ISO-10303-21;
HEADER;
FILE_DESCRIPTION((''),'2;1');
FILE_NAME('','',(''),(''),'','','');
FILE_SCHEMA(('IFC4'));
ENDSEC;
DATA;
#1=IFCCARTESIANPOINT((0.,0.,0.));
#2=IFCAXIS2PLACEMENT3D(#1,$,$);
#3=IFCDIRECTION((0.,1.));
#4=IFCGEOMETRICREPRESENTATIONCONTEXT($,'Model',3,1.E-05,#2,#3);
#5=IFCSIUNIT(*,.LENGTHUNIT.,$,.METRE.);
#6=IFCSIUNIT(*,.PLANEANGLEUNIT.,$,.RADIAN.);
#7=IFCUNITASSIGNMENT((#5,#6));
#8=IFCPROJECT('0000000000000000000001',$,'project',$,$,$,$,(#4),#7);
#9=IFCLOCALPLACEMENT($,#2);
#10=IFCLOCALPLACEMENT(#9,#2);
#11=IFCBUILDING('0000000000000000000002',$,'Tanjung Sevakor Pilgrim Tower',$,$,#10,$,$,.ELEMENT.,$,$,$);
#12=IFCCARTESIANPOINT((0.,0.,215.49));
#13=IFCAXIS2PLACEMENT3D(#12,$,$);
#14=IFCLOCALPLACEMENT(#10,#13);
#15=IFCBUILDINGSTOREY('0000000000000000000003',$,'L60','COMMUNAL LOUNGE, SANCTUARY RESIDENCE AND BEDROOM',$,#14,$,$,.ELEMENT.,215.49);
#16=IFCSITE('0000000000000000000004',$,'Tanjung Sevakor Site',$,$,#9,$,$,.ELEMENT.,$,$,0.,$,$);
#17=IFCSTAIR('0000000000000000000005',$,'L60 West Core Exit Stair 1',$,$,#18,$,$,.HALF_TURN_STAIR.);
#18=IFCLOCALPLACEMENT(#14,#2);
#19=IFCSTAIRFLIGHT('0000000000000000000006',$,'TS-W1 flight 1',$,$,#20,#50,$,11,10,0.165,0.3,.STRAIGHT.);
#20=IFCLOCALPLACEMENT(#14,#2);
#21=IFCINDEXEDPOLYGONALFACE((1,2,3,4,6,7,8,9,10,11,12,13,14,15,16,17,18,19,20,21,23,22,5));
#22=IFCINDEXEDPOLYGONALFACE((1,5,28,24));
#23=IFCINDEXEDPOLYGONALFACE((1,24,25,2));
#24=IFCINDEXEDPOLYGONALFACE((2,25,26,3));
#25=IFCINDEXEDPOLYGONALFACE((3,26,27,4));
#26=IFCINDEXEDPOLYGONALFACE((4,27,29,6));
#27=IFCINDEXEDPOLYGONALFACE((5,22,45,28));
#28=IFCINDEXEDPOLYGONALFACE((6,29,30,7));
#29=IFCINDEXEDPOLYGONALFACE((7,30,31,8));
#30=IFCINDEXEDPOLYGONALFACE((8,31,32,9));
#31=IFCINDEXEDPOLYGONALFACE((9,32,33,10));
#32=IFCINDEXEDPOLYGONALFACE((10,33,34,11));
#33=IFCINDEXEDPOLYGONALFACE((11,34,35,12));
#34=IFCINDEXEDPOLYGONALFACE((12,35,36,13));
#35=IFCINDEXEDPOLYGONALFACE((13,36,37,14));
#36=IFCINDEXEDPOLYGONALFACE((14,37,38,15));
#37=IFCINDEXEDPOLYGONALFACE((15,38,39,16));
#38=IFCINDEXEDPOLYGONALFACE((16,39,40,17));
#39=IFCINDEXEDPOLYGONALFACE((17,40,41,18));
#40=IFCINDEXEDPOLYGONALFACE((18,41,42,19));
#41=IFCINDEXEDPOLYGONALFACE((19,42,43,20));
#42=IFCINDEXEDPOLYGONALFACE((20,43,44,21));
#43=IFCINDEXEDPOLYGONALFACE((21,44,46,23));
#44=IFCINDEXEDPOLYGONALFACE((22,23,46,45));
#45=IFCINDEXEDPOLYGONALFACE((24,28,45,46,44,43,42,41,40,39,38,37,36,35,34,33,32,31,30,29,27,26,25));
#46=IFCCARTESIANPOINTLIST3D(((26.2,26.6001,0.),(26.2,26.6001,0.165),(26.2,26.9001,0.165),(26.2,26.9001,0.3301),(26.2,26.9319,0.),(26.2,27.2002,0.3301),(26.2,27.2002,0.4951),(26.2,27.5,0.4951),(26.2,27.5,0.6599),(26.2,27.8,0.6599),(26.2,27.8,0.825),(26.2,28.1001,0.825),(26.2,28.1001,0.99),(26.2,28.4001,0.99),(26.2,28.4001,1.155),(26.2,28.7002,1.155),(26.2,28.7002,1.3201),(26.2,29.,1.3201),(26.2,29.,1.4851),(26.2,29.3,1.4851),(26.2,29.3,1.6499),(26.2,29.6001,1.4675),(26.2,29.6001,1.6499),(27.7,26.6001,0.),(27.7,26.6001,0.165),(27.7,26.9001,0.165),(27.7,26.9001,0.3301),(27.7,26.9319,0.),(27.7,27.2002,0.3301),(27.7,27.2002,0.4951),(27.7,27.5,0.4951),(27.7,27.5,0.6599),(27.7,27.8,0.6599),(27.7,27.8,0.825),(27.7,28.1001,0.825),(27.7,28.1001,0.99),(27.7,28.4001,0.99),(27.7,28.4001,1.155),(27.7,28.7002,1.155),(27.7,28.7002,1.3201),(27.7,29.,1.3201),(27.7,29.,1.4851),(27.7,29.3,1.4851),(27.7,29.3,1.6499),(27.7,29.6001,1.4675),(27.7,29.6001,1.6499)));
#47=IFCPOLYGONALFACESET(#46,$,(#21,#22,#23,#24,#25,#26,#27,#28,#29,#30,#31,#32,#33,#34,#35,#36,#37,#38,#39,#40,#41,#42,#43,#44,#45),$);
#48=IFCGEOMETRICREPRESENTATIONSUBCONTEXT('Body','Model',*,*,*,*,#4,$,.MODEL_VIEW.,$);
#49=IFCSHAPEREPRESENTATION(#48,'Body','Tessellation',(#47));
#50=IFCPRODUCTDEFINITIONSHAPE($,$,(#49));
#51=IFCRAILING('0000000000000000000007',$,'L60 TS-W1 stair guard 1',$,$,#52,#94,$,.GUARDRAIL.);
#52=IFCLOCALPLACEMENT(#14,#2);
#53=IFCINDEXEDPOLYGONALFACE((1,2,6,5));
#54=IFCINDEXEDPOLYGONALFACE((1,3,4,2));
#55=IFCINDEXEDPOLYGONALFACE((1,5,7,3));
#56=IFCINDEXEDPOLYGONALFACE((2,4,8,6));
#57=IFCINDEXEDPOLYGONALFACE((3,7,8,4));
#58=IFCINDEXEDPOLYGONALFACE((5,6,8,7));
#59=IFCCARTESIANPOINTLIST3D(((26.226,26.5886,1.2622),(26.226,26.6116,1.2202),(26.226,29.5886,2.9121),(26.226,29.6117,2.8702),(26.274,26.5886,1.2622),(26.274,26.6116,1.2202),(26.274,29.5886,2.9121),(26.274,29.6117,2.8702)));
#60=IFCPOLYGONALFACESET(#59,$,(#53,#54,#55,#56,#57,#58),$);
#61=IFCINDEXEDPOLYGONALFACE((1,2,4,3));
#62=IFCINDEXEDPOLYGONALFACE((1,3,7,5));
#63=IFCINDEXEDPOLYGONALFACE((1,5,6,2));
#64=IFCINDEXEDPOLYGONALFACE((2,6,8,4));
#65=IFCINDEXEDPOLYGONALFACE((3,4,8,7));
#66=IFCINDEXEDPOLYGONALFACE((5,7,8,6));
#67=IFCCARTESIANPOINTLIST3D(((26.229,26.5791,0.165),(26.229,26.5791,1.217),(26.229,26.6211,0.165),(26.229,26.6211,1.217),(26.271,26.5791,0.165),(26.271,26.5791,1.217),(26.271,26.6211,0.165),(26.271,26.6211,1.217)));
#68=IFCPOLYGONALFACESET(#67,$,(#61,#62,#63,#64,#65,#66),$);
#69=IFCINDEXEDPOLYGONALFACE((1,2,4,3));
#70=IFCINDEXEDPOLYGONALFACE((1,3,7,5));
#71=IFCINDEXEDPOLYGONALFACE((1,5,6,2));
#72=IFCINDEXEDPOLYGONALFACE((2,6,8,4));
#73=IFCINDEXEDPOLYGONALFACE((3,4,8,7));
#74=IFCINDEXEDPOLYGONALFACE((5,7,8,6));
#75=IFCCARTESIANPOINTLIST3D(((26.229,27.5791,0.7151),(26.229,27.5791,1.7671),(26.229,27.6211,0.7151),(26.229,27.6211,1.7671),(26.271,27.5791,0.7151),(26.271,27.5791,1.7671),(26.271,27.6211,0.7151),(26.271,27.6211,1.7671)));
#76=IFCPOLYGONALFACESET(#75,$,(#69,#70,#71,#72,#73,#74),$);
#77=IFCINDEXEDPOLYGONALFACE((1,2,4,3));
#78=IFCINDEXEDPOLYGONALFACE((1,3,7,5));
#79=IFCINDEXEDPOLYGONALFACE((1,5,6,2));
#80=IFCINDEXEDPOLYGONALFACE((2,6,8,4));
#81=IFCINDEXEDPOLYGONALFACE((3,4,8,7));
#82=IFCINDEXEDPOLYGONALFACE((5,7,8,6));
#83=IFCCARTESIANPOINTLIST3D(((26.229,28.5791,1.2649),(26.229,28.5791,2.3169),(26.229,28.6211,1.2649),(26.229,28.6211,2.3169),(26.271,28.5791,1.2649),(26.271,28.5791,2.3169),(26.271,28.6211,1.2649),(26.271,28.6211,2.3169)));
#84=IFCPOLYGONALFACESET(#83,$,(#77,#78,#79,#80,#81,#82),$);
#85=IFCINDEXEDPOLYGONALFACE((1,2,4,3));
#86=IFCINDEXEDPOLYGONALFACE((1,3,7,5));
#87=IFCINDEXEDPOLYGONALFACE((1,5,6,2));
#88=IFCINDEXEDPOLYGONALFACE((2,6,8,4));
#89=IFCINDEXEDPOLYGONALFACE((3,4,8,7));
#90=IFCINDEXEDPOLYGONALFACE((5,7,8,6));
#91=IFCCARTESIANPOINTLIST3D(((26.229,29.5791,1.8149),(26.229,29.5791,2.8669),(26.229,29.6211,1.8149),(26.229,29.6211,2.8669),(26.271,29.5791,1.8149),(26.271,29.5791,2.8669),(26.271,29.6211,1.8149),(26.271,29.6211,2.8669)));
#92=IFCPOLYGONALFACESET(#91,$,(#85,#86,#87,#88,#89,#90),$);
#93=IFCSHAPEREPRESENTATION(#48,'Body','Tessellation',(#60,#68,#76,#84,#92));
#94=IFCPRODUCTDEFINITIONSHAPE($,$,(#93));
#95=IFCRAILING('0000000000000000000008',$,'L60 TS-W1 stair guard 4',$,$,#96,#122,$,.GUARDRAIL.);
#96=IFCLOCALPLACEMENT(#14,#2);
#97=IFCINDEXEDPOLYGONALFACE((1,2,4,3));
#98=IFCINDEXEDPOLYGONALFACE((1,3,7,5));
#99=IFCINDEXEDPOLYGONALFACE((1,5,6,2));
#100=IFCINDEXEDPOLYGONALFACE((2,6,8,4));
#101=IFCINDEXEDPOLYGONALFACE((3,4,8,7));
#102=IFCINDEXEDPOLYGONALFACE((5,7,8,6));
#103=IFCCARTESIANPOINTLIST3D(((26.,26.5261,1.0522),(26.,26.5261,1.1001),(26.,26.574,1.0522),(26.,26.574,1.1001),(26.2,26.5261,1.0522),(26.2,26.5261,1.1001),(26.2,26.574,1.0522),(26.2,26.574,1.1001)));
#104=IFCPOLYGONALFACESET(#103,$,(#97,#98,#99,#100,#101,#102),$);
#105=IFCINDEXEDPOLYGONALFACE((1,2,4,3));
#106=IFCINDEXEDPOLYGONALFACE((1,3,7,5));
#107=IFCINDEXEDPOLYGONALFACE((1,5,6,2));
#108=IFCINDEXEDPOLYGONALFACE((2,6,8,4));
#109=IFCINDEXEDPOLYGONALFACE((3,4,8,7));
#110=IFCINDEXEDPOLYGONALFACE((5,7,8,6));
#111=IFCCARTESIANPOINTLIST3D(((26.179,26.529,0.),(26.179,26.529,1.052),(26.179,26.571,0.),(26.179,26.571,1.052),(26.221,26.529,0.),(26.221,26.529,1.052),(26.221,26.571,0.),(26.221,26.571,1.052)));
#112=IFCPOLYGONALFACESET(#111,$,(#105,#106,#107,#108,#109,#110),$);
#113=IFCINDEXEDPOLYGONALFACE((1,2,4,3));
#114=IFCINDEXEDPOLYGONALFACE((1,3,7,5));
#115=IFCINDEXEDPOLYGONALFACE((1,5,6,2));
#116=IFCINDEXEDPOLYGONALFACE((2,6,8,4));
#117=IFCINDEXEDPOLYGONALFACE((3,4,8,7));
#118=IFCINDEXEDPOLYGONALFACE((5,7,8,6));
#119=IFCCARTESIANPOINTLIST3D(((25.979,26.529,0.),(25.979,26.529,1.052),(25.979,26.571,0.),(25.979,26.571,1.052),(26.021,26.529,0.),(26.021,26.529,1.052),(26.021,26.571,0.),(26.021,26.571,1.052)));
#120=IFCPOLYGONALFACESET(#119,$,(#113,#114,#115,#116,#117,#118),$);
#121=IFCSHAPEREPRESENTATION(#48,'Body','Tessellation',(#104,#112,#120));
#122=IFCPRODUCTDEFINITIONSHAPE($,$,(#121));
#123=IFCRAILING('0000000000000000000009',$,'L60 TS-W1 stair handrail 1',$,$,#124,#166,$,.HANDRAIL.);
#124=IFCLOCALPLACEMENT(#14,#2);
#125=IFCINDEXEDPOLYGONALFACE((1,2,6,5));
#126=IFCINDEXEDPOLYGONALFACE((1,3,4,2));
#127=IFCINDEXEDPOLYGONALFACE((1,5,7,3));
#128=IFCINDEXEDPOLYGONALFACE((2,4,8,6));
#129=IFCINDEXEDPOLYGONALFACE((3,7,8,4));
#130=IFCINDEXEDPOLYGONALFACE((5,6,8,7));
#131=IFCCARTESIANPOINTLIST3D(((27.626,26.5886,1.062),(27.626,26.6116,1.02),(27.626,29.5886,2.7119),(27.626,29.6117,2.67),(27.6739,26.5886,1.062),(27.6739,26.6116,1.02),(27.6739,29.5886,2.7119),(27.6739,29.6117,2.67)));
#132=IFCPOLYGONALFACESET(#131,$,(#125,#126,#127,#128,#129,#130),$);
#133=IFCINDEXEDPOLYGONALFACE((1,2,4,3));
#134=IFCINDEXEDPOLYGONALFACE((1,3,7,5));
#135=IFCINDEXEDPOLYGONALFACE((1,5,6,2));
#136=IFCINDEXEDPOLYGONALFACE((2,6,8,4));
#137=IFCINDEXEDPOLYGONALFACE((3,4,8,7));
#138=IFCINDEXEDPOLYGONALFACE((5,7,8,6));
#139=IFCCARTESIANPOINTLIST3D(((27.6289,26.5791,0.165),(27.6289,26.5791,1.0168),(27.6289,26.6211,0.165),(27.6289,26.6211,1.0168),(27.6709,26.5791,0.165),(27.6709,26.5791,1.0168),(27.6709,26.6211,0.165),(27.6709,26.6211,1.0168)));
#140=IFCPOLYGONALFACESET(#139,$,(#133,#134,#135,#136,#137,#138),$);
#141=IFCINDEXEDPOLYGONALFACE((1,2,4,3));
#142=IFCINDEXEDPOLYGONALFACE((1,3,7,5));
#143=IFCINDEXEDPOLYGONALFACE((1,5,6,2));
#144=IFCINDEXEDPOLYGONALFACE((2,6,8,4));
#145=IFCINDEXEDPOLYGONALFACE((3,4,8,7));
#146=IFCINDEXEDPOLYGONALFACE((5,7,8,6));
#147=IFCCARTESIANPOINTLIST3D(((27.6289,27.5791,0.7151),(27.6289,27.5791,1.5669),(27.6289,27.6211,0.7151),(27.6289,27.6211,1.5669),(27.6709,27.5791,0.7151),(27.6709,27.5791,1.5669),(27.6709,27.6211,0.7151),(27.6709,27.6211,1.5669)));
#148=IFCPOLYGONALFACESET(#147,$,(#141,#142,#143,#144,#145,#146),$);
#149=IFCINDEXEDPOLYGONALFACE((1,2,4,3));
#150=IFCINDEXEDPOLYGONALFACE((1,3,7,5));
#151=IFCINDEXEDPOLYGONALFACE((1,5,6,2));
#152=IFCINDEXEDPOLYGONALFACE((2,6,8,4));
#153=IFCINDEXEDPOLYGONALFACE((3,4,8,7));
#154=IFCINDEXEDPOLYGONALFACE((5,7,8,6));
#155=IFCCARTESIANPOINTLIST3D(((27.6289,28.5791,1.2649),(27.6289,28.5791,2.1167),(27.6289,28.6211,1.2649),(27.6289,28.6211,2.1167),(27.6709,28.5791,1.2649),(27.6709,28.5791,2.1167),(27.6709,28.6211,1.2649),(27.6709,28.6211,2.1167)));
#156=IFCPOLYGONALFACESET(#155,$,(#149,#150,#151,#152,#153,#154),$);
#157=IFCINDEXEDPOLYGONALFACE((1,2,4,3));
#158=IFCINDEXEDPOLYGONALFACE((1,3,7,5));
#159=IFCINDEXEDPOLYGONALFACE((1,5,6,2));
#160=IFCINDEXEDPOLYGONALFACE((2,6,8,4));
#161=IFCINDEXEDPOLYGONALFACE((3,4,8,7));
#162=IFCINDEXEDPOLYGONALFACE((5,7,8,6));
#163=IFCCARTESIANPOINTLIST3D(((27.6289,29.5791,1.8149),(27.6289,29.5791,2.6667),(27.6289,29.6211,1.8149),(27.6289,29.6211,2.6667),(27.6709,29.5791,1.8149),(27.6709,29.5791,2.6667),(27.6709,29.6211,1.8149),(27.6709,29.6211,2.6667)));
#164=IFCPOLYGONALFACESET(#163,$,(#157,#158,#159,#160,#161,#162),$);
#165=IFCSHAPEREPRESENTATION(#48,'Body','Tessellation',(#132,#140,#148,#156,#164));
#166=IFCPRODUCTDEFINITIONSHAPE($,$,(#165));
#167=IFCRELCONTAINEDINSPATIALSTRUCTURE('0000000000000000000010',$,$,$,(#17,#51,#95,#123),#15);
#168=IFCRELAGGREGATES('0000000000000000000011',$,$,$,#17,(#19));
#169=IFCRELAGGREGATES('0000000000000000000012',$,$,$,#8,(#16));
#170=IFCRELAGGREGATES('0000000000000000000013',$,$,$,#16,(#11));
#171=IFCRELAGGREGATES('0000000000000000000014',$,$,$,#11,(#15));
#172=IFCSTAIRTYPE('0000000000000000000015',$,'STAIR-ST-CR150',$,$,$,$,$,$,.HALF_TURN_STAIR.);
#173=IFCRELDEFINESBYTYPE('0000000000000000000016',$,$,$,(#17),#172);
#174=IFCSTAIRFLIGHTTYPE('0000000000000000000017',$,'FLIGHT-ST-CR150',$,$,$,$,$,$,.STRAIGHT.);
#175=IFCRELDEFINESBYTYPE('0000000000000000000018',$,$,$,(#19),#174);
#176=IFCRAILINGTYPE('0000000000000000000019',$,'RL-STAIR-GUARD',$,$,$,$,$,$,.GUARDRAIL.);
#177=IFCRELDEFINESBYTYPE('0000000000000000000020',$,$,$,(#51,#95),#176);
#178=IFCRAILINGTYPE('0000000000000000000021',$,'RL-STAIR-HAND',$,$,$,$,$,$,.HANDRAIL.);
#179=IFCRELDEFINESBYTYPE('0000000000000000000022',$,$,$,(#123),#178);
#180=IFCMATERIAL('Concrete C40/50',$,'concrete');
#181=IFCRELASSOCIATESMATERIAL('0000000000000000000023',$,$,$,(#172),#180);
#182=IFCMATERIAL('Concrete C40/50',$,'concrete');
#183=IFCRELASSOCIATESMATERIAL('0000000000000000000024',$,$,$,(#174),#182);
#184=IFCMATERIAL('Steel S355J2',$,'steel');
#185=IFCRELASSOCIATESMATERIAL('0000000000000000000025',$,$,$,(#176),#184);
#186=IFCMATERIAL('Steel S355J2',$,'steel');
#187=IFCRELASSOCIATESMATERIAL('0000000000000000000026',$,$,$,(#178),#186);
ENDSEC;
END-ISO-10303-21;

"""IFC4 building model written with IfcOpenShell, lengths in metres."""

from ifc_helpers import new_model, si_unit, direction, frame, origin, place, context, subcontext, project, spatial, polyline, rectangle, outline, extrude, material, type_object, element, aggregate, save


model = new_model("IFC4")

# Units and contexts
model_context = context("Model", 3, precision=1e-05, world=origin(), true_north=direction((0.0, 1.0)))
body_context = subcontext(model_context, "Body", "Model", "MODEL_VIEW")
ifc_project = project(units=[si_unit("LENGTHUNIT", "METRE"), si_unit("PLANEANGLEUNIT", "RADIAN")], contexts=[model_context])

# Site, building, storey
site_placement = place(None, origin())
site = spatial("IfcSite", under=ifc_project, at=site_placement, Name="Tanjung Sevakor Site", CompositionType="ELEMENT", RefElevation=0.0)
building_placement = place(site_placement, origin())
building = spatial("IfcBuilding", under=site, at=building_placement, Name="Tanjung Sevakor Pilgrim Tower", CompositionType="ELEMENT")
storey_placement = place(building_placement, frame((0.0, 0.0, 215.49)))
storey = spatial("IfcBuildingStorey", under=building, at=storey_placement, Name="L60", Description="COMMUNAL LOUNGE, SANCTUARY RESIDENCE AND BEDROOM", CompositionType="ELEMENT", Elevation=215.49)

# Stair, stair flight
ifc_material_1 = material(Name="Concrete C40/50", Category="concrete")
stair_type = type_object("IfcStairType", Name="STAIR-ST-CR150", PredefinedType="HALF_TURN_STAIR", material=ifc_material_1)
stair_placement = place(storey_placement, origin())
stair = element("IfcStair", 1, at=stair_placement, inside=storey, type_object=stair_type, Name="L60 West Core Exit Stair 1", PredefinedType="HALF_TURN_STAIR")
ifc_material_2 = material(Name="Concrete C40/50", Category="concrete")
stair_flight_type = type_object("IfcStairFlightType", Name="FLIGHT-ST-CR150", PredefinedType="STRAIGHT", material=ifc_material_2)
stair_flight_placement = place(storey_placement, frame((26.95, 26.6001, 0.0), z_axis=(0.0, 0.0, 1.0), x_axis=(0.0, 1.0, 0.0)))
stair_flight = element("IfcStairFlight", 2, at=stair_flight_placement, type_object=stair_flight_type, Name="TS-W1 flight 1", NumberOfRisers=11, NumberOfTreads=10, PredefinedType="STRAIGHT", RiserHeight=0.165, TreadLength=0.3, context=body_context, shape_type="SweptSolid", body=[
    extrude(outline(polyline([(0.0, 0.0), (0.0, 0.165), (0.3, 0.165), (0.3, 0.3301), (0.6001, 0.3301), (0.6001, 0.4951), (0.8999, 0.4951), (0.8999, 0.6599), (1.2, 0.6599), (1.2, 0.825), (1.5, 0.825), (1.5, 0.99), (1.8, 0.99), (1.8, 1.155), (2.1001, 1.155), (2.1001, 1.3201), (2.3999, 1.3201), (2.3999, 1.4851), (2.7, 1.4851), (2.7, 1.6499), (3.0, 1.6499), (3.0, 1.8149), (3.0, 1.4675), (0.3318, 0.0), (0.0, 0.0)])), frame((0.0, 0.75, 0.0), z_axis=(0.0, -1.0, 0.0), x_axis=(1.0, 0.0, 0.0)), (0.0, 0.0, 1.0), 1.5),
])
aggregate(stair, [stair_flight])

# Railings
ifc_material_3 = material(Name="Steel S355J2", Category="steel")
railing_type_1 = type_object("IfcRailingType", Name="RL-STAIR-GUARD", PredefinedType="GUARDRAIL", material=ifc_material_3)
railing_1_placement = place(storey_placement, frame((26.25, 26.6001, 0.165)))
element("IfcRailing", 3, at=railing_1_placement, inside=storey, type_object=railing_type_1, Name="L60 TS-W1 stair guard 1", PredefinedType="GUARDRAIL", context=body_context, shape_type="SweptSolid", body=[
    extrude(rectangle(XDim=0.0479, YDim=0.0479), frame((0.0, 0.0, 1.0762), z_axis=(0.0, 0.876228, 0.481897), x_axis=(-1.0, 0.0, 0.0)), (0.0, 0.0, 1.0), 3.4238),
    extrude(rectangle(XDim=0.042, YDim=0.042), origin(), (0.0, 0.0, 1.0), 1.052),
    extrude(rectangle(XDim=0.042, YDim=0.042), frame((0.0, 1.0, 0.55)), (0.0, 0.0, 1.0), 1.052),
    extrude(rectangle(XDim=0.042, YDim=0.042), frame((0.0, 2.0, 1.0999)), (0.0, 0.0, 1.0), 1.052),
    extrude(rectangle(XDim=0.042, YDim=0.042), frame((0.0, 3.0, 1.6499)), (0.0, 0.0, 1.0), 1.052),
])
railing_2_placement = place(storey_placement, frame((26.2, 26.55, 0.0)))
element("IfcRailing", 4, at=railing_2_placement, inside=storey, type_object=railing_type_1, Name="L60 TS-W1 stair guard 4", PredefinedType="GUARDRAIL", context=body_context, shape_type="SweptSolid", body=[
    extrude(rectangle(XDim=0.0479, YDim=0.0479), frame((0.0, 0.0, 1.0762), z_axis=(-1.0, 0.0, 0.0), x_axis=(0.0, -1.0, 0.0)), (0.0, 0.0, 1.0), 0.2),
    extrude(rectangle(XDim=0.042, YDim=0.042), origin(), (0.0, 0.0, 1.0), 1.052),
    extrude(rectangle(XDim=0.042, YDim=0.042), frame((-0.2, 0.0, 0.0)), (0.0, 0.0, 1.0), 1.052),
])
ifc_material_4 = material(Name="Steel S355J2", Category="steel")
railing_type_2 = type_object("IfcRailingType", Name="RL-STAIR-HAND", PredefinedType="HANDRAIL", material=ifc_material_4)
railing_3_placement = place(storey_placement, frame((27.6499, 26.6001, 0.165)))
element("IfcRailing", 5, at=railing_3_placement, inside=storey, type_object=railing_type_2, Name="L60 TS-W1 stair handrail 1", PredefinedType="HANDRAIL", context=body_context, shape_type="SweptSolid", body=[
    extrude(rectangle(XDim=0.0479, YDim=0.0479), frame((0.0, 0.0, 0.876), z_axis=(0.0, 0.876228, 0.481897), x_axis=(-1.0, 0.0, 0.0)), (0.0, 0.0, 1.0), 3.4238),
    extrude(rectangle(XDim=0.042, YDim=0.042), origin(), (0.0, 0.0, 1.0), 0.8518),
    extrude(rectangle(XDim=0.042, YDim=0.042), frame((0.0, 1.0, 0.55)), (0.0, 0.0, 1.0), 0.8518),
    extrude(rectangle(XDim=0.042, YDim=0.042), frame((0.0, 2.0, 1.0999)), (0.0, 0.0, 1.0), 0.8518),
    extrude(rectangle(XDim=0.042, YDim=0.042), frame((0.0, 3.0, 1.6499)), (0.0, 0.0, 1.0), 0.8518),
])

save(model, "model.ifc")
